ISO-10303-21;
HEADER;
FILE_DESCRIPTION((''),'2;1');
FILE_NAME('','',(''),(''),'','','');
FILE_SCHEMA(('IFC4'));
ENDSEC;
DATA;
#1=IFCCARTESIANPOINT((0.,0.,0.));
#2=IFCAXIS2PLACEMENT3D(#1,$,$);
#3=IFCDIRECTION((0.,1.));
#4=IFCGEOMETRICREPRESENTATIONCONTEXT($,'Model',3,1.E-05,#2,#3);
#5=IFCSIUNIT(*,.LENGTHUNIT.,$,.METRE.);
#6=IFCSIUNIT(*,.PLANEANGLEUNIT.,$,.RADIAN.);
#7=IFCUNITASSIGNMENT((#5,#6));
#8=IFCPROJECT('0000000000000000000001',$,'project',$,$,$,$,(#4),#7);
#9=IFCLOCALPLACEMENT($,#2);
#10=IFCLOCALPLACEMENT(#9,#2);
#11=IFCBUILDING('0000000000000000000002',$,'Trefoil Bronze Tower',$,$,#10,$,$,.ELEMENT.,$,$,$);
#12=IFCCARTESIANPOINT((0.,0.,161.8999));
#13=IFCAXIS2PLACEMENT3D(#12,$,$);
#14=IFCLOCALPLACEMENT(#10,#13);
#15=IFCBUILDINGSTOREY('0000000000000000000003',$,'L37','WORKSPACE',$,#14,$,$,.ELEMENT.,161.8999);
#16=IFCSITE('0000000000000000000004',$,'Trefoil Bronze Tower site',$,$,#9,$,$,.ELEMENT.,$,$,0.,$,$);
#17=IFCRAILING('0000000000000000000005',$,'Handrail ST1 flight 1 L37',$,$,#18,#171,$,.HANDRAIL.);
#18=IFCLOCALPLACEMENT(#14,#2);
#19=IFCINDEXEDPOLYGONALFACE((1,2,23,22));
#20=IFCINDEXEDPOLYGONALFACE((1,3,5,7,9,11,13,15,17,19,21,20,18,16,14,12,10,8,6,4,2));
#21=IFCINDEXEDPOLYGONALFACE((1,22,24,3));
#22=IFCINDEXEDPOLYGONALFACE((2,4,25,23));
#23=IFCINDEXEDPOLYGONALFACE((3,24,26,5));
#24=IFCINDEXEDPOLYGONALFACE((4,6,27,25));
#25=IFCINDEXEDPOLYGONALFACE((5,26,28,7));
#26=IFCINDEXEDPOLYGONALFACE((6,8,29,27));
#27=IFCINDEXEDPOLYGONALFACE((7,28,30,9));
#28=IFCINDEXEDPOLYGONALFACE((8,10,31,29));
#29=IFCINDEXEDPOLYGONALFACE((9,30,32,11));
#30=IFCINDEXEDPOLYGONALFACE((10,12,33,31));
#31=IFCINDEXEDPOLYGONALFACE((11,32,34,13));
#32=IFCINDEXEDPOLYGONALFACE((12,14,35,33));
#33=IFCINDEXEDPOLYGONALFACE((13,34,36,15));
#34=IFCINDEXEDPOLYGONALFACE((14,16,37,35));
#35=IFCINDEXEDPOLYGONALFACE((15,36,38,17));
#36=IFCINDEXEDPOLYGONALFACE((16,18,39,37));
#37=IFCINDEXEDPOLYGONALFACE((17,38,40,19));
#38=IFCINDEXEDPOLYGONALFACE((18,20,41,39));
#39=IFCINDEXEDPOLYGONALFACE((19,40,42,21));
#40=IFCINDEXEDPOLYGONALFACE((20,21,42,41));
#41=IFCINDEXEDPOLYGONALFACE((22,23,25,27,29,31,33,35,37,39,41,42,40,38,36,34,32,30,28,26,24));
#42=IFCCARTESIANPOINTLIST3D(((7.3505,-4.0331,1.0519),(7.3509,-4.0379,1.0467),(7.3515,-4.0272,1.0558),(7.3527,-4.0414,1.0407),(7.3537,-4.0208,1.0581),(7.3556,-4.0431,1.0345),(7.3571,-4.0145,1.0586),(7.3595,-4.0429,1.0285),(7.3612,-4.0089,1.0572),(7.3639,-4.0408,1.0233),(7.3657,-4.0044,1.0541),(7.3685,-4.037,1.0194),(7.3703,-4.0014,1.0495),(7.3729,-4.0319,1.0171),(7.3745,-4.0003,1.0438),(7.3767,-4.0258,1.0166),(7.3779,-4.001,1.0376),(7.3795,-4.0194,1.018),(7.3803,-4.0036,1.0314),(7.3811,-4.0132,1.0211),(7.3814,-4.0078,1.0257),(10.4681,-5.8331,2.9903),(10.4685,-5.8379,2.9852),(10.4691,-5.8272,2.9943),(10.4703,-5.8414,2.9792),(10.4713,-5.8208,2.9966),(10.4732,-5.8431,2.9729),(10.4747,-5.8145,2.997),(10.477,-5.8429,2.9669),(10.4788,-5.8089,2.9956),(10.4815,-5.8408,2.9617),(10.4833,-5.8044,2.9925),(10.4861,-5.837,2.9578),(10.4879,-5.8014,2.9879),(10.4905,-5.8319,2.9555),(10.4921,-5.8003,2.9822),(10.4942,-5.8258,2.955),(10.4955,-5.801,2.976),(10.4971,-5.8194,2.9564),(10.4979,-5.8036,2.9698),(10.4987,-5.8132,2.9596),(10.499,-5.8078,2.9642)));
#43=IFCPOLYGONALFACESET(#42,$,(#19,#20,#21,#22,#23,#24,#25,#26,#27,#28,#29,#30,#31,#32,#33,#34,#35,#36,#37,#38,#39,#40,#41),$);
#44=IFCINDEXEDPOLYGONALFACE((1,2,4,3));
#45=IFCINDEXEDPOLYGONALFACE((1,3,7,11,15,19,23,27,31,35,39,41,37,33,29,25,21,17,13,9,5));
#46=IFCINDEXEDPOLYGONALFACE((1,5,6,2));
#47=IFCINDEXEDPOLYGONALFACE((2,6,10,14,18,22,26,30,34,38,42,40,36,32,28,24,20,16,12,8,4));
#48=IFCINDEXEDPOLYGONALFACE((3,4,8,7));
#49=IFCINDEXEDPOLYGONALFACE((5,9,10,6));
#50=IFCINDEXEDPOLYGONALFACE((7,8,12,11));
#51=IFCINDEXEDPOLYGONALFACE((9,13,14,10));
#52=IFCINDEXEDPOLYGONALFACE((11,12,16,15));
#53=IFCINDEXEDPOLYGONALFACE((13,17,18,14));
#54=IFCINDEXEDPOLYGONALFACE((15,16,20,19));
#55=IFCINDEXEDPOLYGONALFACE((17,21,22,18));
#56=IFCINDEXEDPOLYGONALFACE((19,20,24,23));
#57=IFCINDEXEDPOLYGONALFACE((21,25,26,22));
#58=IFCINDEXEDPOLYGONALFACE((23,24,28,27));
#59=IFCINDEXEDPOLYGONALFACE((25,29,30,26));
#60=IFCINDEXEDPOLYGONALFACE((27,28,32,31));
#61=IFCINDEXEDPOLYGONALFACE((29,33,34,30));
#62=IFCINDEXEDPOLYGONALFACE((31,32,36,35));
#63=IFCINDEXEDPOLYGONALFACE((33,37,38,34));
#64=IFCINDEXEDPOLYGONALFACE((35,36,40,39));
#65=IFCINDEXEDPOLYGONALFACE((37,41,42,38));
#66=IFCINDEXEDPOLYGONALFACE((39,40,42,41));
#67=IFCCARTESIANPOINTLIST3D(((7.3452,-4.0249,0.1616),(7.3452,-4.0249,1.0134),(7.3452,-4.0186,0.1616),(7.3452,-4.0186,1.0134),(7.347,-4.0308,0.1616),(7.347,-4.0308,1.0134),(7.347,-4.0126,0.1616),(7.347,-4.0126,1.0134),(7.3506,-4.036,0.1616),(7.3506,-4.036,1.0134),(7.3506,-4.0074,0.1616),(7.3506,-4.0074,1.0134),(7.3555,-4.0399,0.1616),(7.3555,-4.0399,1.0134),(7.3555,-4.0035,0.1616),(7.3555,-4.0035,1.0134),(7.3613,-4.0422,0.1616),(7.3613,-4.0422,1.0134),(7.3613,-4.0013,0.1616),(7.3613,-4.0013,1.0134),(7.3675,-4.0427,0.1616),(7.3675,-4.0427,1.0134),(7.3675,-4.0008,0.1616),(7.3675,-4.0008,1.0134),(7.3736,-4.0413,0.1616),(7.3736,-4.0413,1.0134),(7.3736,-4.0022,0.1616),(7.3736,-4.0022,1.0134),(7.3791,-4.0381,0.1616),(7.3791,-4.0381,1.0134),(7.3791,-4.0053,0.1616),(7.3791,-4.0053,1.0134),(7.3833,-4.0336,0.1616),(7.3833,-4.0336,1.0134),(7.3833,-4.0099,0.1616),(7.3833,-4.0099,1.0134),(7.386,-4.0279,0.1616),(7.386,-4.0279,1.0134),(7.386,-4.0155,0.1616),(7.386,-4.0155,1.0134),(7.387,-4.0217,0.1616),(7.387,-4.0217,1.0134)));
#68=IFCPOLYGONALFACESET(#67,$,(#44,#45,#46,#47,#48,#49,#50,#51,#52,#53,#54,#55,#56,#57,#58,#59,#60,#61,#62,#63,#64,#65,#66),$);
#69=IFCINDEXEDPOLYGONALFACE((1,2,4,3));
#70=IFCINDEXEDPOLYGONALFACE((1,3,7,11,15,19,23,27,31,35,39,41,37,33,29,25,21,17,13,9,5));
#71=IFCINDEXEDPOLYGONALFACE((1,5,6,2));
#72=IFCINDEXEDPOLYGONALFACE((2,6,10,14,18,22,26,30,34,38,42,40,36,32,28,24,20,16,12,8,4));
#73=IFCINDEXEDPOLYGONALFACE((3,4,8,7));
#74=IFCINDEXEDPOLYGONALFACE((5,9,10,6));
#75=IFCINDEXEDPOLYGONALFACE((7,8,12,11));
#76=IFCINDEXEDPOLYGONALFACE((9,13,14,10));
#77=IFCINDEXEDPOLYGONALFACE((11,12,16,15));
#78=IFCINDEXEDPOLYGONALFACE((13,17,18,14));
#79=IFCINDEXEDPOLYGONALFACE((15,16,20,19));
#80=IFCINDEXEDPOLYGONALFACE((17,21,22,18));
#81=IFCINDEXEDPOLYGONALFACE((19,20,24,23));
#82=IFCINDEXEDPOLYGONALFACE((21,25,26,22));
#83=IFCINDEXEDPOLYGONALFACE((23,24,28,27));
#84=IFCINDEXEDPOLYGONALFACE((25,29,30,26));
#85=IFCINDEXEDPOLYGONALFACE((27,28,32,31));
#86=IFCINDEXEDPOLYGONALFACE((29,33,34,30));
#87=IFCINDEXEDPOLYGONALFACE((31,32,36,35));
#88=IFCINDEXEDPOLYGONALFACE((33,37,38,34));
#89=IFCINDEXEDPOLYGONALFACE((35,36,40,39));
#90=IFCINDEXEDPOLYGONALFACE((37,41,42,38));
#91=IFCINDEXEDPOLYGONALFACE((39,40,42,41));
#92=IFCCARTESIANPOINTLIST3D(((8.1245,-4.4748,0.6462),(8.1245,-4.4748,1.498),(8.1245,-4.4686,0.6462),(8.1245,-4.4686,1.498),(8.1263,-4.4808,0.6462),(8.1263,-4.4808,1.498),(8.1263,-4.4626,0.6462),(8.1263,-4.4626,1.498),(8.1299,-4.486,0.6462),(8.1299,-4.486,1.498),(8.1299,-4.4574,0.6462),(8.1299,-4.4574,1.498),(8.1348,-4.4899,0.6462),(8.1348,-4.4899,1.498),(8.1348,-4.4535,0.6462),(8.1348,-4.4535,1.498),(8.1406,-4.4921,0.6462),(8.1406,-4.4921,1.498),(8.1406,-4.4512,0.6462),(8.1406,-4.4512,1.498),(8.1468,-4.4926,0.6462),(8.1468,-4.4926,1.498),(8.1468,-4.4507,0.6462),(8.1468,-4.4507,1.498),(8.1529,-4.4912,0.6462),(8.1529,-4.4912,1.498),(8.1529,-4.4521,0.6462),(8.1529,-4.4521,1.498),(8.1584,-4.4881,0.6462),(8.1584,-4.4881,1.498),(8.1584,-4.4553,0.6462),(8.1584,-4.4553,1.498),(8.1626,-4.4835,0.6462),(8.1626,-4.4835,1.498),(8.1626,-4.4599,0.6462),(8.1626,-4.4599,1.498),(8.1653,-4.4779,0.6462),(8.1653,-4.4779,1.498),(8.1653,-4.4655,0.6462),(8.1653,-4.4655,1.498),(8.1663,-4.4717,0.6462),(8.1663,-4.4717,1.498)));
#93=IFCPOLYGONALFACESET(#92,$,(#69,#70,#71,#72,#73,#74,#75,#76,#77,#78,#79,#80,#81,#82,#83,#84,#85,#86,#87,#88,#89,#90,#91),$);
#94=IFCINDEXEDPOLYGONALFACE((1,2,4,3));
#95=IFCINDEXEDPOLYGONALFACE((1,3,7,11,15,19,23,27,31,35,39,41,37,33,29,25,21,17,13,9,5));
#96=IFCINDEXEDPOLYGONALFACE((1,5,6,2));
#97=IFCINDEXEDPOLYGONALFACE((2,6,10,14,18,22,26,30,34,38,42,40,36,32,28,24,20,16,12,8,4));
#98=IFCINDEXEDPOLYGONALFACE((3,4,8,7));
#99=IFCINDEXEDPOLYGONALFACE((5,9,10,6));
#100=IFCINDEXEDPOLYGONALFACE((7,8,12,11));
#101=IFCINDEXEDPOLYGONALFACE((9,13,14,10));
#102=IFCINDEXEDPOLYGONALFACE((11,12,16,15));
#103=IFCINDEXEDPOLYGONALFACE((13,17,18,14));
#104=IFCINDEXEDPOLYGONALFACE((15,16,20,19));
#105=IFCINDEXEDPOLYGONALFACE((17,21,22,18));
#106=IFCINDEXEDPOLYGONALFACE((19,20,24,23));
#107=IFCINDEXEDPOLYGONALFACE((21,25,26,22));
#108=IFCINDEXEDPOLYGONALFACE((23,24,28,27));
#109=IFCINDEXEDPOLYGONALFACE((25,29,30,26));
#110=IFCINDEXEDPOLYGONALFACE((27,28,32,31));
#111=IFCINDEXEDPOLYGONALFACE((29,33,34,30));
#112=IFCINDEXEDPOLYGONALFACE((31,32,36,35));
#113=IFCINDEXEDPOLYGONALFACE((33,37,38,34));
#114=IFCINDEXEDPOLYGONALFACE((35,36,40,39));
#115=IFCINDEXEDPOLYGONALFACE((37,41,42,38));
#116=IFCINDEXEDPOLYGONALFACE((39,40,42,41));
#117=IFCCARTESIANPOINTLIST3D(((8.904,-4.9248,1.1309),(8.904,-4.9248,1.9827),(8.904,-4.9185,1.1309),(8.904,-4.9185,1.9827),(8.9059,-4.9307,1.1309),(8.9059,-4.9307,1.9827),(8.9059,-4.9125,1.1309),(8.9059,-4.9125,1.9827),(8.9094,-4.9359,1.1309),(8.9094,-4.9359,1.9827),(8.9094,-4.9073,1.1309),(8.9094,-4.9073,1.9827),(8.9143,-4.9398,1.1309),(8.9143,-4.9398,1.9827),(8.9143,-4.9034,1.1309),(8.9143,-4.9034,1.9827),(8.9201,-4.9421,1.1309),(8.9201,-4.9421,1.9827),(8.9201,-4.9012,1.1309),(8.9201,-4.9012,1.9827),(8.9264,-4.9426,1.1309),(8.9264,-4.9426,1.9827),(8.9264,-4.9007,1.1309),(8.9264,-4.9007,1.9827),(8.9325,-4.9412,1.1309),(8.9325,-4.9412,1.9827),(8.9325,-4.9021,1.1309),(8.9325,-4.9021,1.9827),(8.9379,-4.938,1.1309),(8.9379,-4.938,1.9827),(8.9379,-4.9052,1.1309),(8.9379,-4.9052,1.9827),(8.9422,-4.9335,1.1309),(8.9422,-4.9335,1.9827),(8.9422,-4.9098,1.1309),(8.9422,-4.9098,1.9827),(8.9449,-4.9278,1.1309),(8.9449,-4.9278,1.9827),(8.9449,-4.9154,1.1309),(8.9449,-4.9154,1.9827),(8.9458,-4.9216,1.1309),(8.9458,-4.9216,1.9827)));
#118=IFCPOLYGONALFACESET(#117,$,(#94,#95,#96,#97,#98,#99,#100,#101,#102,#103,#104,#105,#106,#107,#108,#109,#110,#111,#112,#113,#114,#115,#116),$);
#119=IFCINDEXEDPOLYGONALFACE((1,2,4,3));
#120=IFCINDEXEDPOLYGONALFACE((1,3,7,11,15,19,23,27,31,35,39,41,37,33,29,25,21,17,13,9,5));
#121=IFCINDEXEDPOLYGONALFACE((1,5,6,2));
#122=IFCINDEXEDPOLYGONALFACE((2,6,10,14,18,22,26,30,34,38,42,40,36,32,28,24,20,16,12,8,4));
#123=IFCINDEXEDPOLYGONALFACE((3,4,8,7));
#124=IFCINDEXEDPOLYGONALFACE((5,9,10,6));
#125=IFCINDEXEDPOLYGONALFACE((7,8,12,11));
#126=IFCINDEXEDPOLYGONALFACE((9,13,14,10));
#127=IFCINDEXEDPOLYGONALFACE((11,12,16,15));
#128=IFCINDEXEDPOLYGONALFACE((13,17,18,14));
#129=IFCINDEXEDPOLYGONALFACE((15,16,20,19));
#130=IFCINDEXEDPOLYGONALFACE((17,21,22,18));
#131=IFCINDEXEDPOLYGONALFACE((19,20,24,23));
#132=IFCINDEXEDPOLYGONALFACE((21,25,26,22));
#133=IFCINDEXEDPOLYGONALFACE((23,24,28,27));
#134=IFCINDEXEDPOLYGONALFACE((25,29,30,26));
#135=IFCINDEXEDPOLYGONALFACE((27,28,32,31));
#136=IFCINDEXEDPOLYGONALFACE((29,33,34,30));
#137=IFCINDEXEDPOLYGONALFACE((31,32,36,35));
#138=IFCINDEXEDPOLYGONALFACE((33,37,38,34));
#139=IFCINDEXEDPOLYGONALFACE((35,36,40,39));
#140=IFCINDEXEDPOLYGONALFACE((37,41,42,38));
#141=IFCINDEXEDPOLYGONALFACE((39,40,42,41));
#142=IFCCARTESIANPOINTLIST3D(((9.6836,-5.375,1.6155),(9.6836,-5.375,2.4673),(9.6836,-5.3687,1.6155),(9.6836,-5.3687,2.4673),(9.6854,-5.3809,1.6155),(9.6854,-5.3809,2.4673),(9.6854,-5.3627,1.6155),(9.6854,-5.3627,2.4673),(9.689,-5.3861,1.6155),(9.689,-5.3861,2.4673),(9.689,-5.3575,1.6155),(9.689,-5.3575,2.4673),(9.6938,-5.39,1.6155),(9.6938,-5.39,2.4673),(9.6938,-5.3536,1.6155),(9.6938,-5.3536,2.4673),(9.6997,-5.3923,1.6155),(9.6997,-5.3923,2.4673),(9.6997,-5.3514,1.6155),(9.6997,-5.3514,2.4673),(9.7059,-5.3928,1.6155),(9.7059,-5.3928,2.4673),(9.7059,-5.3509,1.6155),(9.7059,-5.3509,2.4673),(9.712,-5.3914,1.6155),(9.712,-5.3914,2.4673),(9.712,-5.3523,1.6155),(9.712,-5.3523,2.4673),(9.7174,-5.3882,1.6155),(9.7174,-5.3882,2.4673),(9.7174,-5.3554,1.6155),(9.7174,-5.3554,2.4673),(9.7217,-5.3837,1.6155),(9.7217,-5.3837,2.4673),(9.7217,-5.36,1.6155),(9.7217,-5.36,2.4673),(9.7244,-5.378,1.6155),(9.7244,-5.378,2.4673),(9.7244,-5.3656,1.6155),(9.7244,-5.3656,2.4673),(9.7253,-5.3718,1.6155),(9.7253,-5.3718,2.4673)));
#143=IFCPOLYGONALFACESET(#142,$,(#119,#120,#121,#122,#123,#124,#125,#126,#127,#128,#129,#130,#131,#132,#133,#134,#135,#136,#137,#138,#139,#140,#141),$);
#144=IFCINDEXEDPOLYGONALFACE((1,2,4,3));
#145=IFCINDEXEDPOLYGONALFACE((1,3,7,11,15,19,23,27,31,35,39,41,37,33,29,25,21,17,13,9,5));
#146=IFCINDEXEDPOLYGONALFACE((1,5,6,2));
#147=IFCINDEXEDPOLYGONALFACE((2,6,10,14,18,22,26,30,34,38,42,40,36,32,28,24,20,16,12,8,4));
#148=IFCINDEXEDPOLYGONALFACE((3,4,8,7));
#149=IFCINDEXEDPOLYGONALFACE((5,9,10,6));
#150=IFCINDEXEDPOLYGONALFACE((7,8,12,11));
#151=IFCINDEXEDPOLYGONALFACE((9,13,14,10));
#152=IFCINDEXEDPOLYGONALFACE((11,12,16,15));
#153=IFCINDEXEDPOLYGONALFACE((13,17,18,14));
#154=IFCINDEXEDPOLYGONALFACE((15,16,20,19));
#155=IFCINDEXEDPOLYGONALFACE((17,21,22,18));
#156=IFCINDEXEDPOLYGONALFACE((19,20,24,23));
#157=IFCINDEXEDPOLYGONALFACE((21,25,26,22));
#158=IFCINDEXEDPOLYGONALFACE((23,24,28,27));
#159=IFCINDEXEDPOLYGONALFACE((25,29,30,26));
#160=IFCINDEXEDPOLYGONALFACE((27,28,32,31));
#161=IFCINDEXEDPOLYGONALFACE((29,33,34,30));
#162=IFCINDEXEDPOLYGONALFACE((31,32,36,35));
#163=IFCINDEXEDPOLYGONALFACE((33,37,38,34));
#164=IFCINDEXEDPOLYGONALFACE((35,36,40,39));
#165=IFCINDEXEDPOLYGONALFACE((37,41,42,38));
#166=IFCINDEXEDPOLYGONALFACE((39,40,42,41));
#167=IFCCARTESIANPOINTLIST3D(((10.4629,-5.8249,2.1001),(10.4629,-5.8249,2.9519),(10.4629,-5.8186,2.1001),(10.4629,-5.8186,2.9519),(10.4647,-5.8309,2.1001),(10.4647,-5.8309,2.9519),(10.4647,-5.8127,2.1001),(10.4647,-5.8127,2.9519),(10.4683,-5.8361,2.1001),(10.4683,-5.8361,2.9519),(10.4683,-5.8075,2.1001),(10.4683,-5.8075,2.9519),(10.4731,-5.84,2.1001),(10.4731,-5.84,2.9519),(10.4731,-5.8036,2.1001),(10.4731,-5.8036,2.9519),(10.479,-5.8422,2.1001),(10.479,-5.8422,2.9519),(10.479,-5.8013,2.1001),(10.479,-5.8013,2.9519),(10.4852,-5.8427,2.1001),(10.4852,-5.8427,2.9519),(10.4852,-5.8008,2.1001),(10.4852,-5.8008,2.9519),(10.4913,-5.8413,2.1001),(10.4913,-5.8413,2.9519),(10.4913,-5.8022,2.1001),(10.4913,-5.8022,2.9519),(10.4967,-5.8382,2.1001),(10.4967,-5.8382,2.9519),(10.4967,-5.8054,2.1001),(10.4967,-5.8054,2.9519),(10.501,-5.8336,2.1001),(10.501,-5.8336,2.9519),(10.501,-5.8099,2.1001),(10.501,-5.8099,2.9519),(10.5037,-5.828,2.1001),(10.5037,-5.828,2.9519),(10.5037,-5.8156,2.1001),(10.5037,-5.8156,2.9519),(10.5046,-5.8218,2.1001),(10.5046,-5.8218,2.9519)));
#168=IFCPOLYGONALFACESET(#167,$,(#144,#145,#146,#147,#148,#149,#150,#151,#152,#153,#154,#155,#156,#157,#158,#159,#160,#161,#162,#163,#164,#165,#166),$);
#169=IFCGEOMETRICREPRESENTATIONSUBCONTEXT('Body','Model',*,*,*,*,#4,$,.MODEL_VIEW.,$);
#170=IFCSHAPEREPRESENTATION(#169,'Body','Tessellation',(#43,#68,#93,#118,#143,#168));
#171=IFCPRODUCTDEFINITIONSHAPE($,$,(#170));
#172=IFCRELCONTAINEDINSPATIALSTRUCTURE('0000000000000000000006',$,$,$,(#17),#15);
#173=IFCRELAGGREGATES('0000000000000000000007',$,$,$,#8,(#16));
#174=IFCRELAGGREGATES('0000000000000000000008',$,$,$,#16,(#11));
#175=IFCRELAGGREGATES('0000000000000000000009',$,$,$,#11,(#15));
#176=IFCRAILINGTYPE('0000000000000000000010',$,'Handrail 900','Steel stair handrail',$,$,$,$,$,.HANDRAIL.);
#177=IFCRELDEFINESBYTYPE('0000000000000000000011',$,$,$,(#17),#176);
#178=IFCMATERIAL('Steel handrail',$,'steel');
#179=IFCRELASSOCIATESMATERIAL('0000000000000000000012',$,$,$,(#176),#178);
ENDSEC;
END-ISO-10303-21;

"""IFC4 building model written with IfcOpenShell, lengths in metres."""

from ifc_helpers import new_model, si_unit, direction, frame, origin, origin_2d, place, context, subcontext, project, spatial, circle, extrude, material, type_object, element, save


model = new_model("IFC4")

# Units and contexts
model_context = context("Model", 3, precision=1e-05, world=origin(), true_north=direction((0.0, 1.0)))
body_context = subcontext(model_context, "Body", "Model", "MODEL_VIEW")
ifc_project = project(units=[si_unit("LENGTHUNIT", "METRE"), si_unit("PLANEANGLEUNIT", "RADIAN")], contexts=[model_context])

# Site, building, storey
site_placement = place(None, origin())
site = spatial("IfcSite", under=ifc_project, at=site_placement, Name="Trefoil Bronze Tower site", CompositionType="ELEMENT", RefElevation=0.0)
building_placement = place(site_placement, origin())
building = spatial("IfcBuilding", under=site, at=building_placement, Name="Trefoil Bronze Tower", CompositionType="ELEMENT")
storey_placement = place(building_placement, frame((0.0, 0.0, 161.8999)))
storey = spatial("IfcBuildingStorey", under=building, at=storey_placement, Name="L37", Description="WORKSPACE", CompositionType="ELEMENT", Elevation=161.8999)

# Railing
ifc_material_1 = material(Name="Steel handrail", Category="steel")
railing_type = type_object("IfcRailingType", Name="Handrail 900", Description="Steel stair handrail", PredefinedType="HANDRAIL", material=ifc_material_1)
railing_1_placement = place(storey_placement, frame((7.366, -4.0217, 0.1616)))
element("IfcRailing", 1, at=railing_1_placement, inside=storey, type_object=railing_type, Name="Handrail ST1 flight 1 L37", PredefinedType="HANDRAIL", context=body_context, shape_type="SweptSolid", body=[
    extrude(circle(Radius=0.0239, at=origin_2d()), frame((0.0, 0.0, 0.876), z_axis=(0.762503, -0.440246, 0.474102), x_axis=(0.500012, 0.866018, 0.0)), (0.0, 0.0, 1.0), 4.0886),
    extrude(circle(Radius=0.021, at=origin_2d()), origin(), (0.0, 0.0, 1.0), 0.8518),
    extrude(circle(Radius=0.021, at=origin_2d()), frame((0.7793, -0.45, 0.4846)), (0.0, 0.0, 1.0), 0.8518),
    extrude(circle(Radius=0.021, at=origin_2d()), frame((1.5588, -0.8999, 0.9692)), (0.0, 0.0, 1.0), 0.8518),
    extrude(circle(Radius=0.021, at=origin_2d()), frame((2.3384, -1.3501, 1.4539)), (0.0, 0.0, 1.0), 0.8518),
    extrude(circle(Radius=0.021, at=origin_2d()), frame((3.1177, -1.8, 1.9385)), (0.0, 0.0, 1.0), 0.8518),
])

save(model, "model.ifc")
